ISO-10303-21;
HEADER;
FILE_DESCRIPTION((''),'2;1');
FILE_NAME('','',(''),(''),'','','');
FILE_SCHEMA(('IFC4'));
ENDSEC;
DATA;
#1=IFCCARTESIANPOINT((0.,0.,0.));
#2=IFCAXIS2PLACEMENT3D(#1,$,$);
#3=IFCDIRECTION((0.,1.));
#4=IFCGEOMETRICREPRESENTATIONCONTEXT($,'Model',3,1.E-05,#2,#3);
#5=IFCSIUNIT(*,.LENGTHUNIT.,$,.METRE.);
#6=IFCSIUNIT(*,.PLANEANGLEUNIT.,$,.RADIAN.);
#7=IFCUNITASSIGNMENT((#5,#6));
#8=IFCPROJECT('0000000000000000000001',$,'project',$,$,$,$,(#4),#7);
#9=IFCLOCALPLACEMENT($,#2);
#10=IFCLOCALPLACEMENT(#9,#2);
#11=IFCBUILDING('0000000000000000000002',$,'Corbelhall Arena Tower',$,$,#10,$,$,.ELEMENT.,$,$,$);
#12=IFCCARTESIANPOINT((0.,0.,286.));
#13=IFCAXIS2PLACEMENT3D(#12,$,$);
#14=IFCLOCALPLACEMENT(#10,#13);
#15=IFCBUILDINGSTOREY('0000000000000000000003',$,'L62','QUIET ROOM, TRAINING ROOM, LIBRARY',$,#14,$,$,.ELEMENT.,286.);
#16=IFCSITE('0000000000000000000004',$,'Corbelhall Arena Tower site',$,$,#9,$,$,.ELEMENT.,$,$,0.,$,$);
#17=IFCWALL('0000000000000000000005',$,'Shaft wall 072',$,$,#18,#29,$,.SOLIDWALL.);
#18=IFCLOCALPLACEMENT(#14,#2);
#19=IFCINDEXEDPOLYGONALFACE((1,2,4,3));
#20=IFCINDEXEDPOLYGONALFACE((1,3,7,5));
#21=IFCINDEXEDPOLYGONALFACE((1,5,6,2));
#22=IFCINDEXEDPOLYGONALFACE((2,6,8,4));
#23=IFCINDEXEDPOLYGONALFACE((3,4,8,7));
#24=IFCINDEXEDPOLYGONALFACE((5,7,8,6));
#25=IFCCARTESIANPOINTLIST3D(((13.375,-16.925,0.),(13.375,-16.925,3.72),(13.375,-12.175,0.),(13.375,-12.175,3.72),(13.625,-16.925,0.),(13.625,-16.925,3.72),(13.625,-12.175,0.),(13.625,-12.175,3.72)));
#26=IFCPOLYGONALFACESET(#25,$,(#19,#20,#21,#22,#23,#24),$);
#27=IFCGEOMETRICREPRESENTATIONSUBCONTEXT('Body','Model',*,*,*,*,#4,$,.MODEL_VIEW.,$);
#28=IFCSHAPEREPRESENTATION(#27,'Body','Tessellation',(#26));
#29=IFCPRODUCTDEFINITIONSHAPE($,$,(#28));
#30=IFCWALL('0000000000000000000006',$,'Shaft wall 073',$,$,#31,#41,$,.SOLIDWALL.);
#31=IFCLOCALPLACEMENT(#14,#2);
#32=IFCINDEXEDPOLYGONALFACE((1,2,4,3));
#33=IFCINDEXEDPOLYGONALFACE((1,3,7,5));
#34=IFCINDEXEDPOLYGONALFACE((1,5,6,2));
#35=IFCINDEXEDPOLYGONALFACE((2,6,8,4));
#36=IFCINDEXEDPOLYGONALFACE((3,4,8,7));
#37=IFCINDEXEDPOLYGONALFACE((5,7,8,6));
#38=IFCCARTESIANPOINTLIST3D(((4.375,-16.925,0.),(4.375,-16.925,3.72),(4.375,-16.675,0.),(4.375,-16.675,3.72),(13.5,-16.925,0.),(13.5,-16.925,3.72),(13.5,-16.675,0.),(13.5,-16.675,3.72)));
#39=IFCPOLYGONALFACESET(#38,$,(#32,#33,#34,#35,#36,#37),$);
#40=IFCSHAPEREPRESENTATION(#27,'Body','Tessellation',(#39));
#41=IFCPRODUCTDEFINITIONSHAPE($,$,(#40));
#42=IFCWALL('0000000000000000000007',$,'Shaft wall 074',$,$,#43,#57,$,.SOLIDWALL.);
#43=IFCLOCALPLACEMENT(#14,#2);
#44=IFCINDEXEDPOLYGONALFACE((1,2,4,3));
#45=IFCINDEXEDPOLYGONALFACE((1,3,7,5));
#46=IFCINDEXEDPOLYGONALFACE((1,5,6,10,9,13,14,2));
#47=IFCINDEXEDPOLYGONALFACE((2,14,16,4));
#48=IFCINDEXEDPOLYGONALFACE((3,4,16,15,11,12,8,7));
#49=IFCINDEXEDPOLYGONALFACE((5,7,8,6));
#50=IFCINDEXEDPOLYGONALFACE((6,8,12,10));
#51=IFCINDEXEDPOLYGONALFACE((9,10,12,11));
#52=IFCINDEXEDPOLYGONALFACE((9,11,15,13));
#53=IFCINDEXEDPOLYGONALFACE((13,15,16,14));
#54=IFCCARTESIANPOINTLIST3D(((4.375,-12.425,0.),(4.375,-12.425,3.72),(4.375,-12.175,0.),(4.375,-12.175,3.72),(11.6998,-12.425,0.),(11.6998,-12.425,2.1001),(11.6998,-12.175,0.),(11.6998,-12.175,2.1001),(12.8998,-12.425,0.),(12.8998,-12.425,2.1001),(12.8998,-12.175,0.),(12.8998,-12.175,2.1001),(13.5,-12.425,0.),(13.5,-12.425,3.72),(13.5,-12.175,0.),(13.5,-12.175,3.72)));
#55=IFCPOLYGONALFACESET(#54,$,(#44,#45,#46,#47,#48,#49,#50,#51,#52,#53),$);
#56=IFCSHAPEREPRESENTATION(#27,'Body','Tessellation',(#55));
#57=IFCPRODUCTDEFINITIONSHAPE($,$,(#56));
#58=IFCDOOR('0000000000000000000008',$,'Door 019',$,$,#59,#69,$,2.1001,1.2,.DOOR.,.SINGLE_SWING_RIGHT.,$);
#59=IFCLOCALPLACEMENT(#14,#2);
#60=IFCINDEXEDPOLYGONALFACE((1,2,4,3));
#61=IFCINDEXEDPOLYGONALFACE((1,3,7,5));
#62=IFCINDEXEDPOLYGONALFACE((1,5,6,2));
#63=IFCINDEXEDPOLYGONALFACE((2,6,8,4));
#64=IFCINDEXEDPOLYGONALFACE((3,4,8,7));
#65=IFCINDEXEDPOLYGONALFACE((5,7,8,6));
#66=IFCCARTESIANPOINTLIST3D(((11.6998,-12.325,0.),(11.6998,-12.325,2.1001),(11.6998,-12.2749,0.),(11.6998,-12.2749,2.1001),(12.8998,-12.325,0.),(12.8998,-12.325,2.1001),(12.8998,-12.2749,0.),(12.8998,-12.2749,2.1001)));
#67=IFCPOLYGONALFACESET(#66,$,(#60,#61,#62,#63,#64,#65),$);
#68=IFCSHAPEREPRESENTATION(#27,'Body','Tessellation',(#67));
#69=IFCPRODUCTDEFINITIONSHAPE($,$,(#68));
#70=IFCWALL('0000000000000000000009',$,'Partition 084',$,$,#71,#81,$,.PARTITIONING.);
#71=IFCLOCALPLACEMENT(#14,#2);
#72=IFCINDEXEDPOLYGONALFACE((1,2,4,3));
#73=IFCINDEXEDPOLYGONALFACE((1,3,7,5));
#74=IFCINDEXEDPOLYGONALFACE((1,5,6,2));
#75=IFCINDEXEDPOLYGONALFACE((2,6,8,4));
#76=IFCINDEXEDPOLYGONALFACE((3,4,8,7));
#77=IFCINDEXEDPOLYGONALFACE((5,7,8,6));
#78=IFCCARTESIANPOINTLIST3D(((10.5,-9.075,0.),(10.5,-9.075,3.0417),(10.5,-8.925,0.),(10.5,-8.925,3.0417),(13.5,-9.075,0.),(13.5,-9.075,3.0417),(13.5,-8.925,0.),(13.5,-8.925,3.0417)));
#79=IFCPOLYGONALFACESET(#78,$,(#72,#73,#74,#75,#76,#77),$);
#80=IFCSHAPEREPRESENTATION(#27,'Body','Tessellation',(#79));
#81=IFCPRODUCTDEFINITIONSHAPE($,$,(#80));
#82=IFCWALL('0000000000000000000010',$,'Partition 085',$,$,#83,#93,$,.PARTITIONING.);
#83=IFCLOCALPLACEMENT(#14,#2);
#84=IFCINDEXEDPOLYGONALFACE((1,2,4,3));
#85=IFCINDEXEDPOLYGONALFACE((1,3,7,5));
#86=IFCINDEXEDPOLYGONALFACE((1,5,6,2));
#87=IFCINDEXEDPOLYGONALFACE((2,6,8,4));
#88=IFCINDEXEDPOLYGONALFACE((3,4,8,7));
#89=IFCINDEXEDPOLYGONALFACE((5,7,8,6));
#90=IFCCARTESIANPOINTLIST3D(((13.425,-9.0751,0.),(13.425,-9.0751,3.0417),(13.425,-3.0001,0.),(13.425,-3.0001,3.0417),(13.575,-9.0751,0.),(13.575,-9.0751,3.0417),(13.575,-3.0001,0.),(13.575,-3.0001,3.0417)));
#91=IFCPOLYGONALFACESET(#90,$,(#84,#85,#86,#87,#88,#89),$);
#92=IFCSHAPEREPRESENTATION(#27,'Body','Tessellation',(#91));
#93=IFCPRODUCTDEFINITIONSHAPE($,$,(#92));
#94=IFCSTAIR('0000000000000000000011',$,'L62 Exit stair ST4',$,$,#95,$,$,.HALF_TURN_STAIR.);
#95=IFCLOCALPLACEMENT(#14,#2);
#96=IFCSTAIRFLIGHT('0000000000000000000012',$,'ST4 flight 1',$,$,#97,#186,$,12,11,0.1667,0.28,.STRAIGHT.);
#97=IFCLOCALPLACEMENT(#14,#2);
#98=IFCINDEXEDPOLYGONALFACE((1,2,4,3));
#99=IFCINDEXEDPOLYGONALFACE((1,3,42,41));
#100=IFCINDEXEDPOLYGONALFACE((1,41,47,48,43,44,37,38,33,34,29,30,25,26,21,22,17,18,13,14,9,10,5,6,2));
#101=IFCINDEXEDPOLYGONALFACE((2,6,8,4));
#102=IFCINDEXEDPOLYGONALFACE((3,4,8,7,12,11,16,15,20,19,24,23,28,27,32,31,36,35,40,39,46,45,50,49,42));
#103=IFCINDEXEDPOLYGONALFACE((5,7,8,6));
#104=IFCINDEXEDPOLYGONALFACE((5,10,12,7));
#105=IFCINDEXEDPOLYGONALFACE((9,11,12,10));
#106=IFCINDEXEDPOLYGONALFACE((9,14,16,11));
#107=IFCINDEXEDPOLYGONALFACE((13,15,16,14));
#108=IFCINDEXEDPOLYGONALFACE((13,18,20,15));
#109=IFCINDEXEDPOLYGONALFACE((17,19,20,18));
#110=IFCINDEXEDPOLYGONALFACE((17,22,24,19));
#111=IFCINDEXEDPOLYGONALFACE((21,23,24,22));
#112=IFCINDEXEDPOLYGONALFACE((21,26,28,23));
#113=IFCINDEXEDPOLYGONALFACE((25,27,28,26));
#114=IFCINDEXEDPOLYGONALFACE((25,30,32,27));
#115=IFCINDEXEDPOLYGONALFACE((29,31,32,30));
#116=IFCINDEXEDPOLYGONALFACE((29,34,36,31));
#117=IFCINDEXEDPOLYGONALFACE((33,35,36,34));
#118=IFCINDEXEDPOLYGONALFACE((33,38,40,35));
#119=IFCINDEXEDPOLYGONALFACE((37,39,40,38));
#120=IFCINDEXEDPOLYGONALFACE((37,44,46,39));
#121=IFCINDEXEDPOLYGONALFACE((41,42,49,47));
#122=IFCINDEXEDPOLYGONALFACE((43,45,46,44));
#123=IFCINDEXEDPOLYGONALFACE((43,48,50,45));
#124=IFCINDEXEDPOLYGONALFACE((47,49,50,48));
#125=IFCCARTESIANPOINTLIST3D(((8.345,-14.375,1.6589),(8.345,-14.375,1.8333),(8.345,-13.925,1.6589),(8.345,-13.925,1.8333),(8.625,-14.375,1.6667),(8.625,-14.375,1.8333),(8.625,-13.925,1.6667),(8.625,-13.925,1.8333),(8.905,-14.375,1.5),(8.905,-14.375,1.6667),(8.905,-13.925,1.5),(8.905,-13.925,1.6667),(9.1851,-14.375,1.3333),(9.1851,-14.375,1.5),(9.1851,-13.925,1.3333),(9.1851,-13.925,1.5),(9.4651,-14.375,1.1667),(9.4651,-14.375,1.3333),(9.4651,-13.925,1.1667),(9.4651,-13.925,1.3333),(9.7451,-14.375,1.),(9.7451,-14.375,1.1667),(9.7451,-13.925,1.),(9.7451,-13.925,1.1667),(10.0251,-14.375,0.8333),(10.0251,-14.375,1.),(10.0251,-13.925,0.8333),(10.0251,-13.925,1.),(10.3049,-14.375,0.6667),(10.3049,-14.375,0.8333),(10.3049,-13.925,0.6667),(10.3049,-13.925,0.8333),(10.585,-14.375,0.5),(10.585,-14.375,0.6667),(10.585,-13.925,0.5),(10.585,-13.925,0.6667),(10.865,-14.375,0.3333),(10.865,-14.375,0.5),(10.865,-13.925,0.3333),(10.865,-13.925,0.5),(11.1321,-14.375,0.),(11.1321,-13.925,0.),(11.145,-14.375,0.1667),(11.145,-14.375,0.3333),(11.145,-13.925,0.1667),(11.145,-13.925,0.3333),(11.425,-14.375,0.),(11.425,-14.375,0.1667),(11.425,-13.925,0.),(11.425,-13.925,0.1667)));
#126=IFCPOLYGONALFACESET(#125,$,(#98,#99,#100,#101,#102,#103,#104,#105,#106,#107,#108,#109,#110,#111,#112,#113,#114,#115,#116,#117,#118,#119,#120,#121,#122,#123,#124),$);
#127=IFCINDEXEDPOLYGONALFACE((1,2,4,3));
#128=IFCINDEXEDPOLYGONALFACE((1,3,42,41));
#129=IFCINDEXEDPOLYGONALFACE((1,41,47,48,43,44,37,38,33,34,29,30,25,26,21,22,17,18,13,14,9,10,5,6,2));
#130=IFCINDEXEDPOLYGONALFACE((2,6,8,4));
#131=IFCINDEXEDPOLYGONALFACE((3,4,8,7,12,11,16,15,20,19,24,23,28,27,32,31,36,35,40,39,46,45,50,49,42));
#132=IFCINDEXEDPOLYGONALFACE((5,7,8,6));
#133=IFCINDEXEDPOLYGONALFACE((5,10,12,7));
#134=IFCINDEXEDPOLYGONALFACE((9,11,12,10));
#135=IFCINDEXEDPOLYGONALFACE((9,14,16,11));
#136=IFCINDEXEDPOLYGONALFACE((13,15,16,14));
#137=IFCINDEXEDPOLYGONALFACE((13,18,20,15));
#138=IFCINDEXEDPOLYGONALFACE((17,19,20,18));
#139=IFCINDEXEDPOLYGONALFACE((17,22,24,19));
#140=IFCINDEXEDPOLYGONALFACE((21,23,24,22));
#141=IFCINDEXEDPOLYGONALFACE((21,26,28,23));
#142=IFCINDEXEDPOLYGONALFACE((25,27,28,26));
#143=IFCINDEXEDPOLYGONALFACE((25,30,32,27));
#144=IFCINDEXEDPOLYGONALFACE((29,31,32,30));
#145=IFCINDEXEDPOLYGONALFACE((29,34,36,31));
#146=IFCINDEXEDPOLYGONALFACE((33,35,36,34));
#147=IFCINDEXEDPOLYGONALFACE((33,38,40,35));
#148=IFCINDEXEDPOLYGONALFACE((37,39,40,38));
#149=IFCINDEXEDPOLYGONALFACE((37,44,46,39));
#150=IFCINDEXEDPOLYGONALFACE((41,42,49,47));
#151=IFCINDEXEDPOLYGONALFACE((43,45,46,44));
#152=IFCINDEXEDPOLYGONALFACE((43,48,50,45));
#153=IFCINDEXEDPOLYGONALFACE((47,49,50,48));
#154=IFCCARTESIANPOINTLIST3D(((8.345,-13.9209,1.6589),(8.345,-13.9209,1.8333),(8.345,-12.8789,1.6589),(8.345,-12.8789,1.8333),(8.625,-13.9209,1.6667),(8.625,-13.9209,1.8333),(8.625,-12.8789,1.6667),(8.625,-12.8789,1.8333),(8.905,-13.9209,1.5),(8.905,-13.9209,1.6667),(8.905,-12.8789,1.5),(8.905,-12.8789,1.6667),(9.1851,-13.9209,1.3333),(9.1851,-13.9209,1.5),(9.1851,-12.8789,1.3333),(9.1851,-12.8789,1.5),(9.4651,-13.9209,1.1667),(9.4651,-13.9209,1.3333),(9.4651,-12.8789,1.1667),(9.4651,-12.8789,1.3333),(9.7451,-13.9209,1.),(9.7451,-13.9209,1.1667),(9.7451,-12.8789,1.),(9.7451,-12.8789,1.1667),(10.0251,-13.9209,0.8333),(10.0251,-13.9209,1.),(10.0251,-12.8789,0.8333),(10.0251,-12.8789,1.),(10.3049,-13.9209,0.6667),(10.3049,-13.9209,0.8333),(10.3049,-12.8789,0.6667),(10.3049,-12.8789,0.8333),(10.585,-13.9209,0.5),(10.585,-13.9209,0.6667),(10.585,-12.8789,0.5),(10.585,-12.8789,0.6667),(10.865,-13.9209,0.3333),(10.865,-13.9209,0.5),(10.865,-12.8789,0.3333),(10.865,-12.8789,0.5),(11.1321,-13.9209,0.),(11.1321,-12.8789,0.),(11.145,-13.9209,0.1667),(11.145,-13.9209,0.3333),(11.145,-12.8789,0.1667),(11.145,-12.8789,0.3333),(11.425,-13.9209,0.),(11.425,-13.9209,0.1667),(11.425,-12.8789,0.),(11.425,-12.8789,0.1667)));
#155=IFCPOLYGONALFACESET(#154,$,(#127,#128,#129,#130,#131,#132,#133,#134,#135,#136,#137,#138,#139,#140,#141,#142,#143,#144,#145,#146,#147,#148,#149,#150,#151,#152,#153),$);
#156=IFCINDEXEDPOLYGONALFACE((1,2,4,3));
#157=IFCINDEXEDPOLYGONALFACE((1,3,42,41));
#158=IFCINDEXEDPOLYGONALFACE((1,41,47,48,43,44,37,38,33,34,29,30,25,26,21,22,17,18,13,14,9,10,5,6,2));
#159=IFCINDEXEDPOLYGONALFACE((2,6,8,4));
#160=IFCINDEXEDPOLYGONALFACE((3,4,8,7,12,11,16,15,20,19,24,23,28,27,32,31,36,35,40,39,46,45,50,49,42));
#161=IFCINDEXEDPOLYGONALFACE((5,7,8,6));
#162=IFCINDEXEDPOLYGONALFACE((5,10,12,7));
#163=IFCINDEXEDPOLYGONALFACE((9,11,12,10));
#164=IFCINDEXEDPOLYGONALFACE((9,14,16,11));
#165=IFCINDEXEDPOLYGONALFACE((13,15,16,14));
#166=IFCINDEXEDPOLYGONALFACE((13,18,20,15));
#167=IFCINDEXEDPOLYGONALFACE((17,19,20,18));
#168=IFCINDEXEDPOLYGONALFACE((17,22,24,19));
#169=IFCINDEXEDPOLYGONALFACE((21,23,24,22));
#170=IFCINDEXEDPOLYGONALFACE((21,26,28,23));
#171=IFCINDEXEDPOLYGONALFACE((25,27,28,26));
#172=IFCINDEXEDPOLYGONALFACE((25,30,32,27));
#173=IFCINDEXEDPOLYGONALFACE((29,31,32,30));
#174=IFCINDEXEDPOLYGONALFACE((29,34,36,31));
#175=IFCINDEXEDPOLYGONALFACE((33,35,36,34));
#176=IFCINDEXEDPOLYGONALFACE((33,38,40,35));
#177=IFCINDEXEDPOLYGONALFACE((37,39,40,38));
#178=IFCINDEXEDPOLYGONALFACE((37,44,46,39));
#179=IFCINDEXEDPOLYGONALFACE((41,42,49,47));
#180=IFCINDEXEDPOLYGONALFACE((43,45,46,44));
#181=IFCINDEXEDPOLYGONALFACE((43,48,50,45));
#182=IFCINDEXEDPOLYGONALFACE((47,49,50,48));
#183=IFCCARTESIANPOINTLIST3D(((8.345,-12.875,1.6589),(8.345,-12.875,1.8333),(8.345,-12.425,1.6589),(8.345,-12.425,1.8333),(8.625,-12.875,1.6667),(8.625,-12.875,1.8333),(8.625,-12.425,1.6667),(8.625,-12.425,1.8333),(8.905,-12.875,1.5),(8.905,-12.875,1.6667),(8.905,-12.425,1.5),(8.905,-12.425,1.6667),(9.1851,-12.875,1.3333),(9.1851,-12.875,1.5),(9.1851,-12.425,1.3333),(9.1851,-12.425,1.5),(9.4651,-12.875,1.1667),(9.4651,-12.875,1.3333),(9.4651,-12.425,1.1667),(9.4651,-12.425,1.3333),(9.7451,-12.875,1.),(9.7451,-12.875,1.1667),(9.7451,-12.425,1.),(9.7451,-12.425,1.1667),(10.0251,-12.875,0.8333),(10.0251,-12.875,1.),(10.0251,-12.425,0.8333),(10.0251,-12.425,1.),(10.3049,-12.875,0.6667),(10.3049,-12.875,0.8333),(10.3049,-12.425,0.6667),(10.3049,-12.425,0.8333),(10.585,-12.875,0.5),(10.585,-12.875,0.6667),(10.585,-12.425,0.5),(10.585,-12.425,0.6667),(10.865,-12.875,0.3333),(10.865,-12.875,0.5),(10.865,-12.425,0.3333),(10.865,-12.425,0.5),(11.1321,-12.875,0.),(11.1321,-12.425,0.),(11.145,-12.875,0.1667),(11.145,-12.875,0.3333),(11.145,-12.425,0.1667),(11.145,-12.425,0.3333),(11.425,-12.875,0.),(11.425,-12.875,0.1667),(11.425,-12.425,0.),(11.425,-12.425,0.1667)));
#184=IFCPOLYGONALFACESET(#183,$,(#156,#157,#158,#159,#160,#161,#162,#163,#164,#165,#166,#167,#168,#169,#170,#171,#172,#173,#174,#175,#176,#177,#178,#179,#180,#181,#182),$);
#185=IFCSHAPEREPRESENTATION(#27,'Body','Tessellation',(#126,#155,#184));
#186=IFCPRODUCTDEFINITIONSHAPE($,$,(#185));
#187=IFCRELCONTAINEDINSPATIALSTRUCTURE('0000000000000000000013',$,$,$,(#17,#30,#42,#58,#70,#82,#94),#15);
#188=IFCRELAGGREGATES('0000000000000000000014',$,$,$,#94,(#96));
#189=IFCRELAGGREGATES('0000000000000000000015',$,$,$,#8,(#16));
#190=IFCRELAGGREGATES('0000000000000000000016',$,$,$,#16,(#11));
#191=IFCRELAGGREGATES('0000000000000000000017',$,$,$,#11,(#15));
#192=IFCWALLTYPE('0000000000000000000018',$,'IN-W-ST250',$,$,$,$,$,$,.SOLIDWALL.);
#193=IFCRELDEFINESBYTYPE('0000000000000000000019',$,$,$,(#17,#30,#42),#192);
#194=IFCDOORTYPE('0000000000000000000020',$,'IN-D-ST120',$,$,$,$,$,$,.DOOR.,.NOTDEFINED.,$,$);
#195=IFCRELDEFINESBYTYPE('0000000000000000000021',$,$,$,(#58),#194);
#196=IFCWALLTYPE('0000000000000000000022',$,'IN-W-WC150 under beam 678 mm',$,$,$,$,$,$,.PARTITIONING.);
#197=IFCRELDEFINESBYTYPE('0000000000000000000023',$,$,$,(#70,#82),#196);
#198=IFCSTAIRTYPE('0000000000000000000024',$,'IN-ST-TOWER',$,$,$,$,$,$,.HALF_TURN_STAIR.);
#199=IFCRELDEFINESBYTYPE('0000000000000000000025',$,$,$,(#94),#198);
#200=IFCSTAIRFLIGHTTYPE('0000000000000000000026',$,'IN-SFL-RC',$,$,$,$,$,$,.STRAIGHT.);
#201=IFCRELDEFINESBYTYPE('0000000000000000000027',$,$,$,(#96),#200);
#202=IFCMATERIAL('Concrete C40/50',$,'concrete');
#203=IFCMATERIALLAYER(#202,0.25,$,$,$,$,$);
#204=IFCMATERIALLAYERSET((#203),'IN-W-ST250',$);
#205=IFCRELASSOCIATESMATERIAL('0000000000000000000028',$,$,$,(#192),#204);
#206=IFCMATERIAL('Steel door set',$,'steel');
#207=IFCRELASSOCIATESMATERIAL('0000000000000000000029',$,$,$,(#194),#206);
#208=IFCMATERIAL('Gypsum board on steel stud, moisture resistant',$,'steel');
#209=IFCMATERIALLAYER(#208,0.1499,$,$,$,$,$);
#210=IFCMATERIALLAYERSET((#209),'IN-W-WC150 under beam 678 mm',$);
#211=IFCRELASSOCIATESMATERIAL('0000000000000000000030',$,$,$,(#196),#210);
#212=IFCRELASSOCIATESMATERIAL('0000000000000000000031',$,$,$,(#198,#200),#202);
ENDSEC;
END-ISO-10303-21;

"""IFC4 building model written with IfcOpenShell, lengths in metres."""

from ifc_helpers import new_model, si_unit, direction, frame, frame_2d, origin, place, context, subcontext, project, spatial, polyline, rectangle, outline, extrude, material, layer, layer_set, type_object, element, fill, aggregate, save


model = new_model("IFC4")

# Units and contexts
model_context = context("Model", 3, precision=1e-05, world=origin(), true_north=direction((0.0, 1.0)))
body_context = subcontext(model_context, "Body", "Model", "MODEL_VIEW")
ifc_project = project(units=[si_unit("LENGTHUNIT", "METRE"), si_unit("PLANEANGLEUNIT", "RADIAN")], contexts=[model_context])

# Site, building, storey
site_placement = place(None, origin())
site = spatial("IfcSite", under=ifc_project, at=site_placement, Name="Corbelhall Arena Tower site", CompositionType="ELEMENT", RefElevation=0.0)
building_placement = place(site_placement, origin())
building = spatial("IfcBuilding", under=site, at=building_placement, Name="Corbelhall Arena Tower", CompositionType="ELEMENT")
storey_placement = place(building_placement, frame((0.0, 0.0, 286.0)))
storey = spatial("IfcBuildingStorey", under=building, at=storey_placement, Name="L62", Description="QUIET ROOM, TRAINING ROOM, LIBRARY", CompositionType="ELEMENT", Elevation=286.0)

# Walls
ifc_material_1 = material(Name="Concrete C40/50", Category="concrete")
ifc_layer_1 = layer(ifc_material_1, 0.25)
ifc_layer_set_1 = layer_set([ifc_layer_1], Name="IN-W-ST250")
wall_type_1 = type_object("IfcWallType", Name="IN-W-ST250", PredefinedType="SOLIDWALL", material=ifc_layer_set_1)
wall_1_placement = place(storey_placement, frame((13.5, -16.925, 0.0), z_axis=(0.0, 0.0, 1.0), x_axis=(0.0, 1.0, 0.0)))
element("IfcWall", 1, at=wall_1_placement, inside=storey, type_object=wall_type_1, Name="Shaft wall 072", PredefinedType="SOLIDWALL", context=body_context, shape_type="SweptSolid", body=[
    extrude(rectangle(XDim=4.75, YDim=0.25, at=frame_2d((2.375, 0.0))), origin(), (0.0, 0.0, 1.0), 3.72),
])
wall_2_placement = place(storey_placement, frame((13.5, -16.8, 0.0), z_axis=(0.0, 0.0, 1.0), x_axis=(-1.0, 0.0, 0.0)))
element("IfcWall", 2, at=wall_2_placement, inside=storey, type_object=wall_type_1, Name="Shaft wall 073", PredefinedType="SOLIDWALL", context=body_context, shape_type="SweptSolid", body=[
    extrude(rectangle(XDim=9.125, YDim=0.25, at=frame_2d((4.5625, 0.0))), origin(), (0.0, 0.0, 1.0), 3.72),
])

# Wall, opening, door
wall_3_placement = place(storey_placement, frame((13.5, -12.3, 0.0), z_axis=(0.0, 0.0, 1.0), x_axis=(-1.0, 0.0, 0.0)))
wall_3 = element("IfcWall", 3, at=wall_3_placement, inside=storey, type_object=wall_type_1, Name="Shaft wall 074", PredefinedType="SOLIDWALL", context=body_context, shape_type="SweptSolid", body=[
    extrude(rectangle(XDim=9.125, YDim=0.25, at=frame_2d((4.5625, 0.0))), origin(), (0.0, 0.0, 1.0), 3.72),
])
opening_1_placement = place(wall_3_placement, frame((0.6001, 0.0, 0.0)))
opening_1 = element("IfcOpeningElement", 4, at=opening_1_placement, cuts=wall_3, PredefinedType="OPENING", context=body_context, shape_type="SweptSolid", body=[
    extrude(rectangle(XDim=1.2, YDim=2.1001, at=frame_2d((0.6001, 1.05))), frame((0.0, 0.125, 0.0), z_axis=(0.0, -1.0, 0.0), x_axis=(1.0, 0.0, 0.0)), (0.0, 0.0, 1.0), 0.25),
])
ifc_material_2 = material(Name="Steel door set", Category="steel")
door_type = type_object("IfcDoorType", Name="IN-D-ST120", OperationType="NOTDEFINED", PredefinedType="DOOR", material=ifc_material_2)
door_placement = place(opening_1_placement, origin())
door = element("IfcDoor", 5, at=door_placement, inside=storey, type_object=door_type, Name="Door 019", OperationType="SINGLE_SWING_RIGHT", OverallHeight=2.1001, OverallWidth=1.2, PredefinedType="DOOR", context=body_context, shape_type="SweptSolid", body=[
    extrude(rectangle(XDim=1.2, YDim=2.1001, at=frame_2d((0.6001, 1.05))), frame((0.0, 0.0249, 0.0), z_axis=(0.0, -1.0, 0.0), x_axis=(1.0, 0.0, 0.0)), (0.0, 0.0, 1.0), 0.05),
])
fill(opening_1, door)

# Walls
ifc_material_3 = material(Name="Gypsum board on steel stud, moisture resistant", Category="steel")
ifc_layer_2 = layer(ifc_material_3, 0.1499)
ifc_layer_set_2 = layer_set([ifc_layer_2], Name="IN-W-WC150 under beam 678 mm")
wall_type_2 = type_object("IfcWallType", Name="IN-W-WC150 under beam 678 mm", PredefinedType="PARTITIONING", material=ifc_layer_set_2)
wall_4_placement = place(storey_placement, frame((13.5, -9.0, 0.0), z_axis=(0.0, 0.0, 1.0), x_axis=(-1.0, 0.0, 0.0)))
element("IfcWall", 6, at=wall_4_placement, inside=storey, type_object=wall_type_2, Name="Partition 084", PredefinedType="PARTITIONING", context=body_context, shape_type="SweptSolid", body=[
    extrude(rectangle(XDim=3.0, YDim=0.1499, at=frame_2d((1.5, 0.0))), origin(), (0.0, 0.0, 1.0), 3.0417),
])
wall_5_placement = place(storey_placement, frame((13.5, -3.0, 0.0), z_axis=(0.0, 0.0, 1.0), x_axis=(0.0, -1.0, 0.0)))
element("IfcWall", 7, at=wall_5_placement, inside=storey, type_object=wall_type_2, Name="Partition 085", PredefinedType="PARTITIONING", context=body_context, shape_type="SweptSolid", body=[
    extrude(rectangle(XDim=6.075, YDim=0.1499, at=frame_2d((3.0376, 0.0))), origin(), (0.0, 0.0, 1.0), 3.0417),
])

# Stair, stair flight
stair_type = type_object("IfcStairType", Name="IN-ST-TOWER", PredefinedType="HALF_TURN_STAIR", material=ifc_material_1)
stair_placement = place(storey_placement, origin())
stair = element("IfcStair", 8, at=stair_placement, inside=storey, type_object=stair_type, Name="L62 Exit stair ST4", PredefinedType="HALF_TURN_STAIR")
stair_flight_type = type_object("IfcStairFlightType", Name="IN-SFL-RC", PredefinedType="STRAIGHT", material=ifc_material_1)
stair_flight_placement = place(storey_placement, frame((11.425, -13.3999, 0.0), z_axis=(0.0, 0.0, 1.0), x_axis=(-1.0, 0.0, 0.0)))
stair_flight = element("IfcStairFlight", 9, at=stair_flight_placement, type_object=stair_flight_type, Name="ST4 flight 1", NumberOfRisers=12, NumberOfTreads=11, PredefinedType="STRAIGHT", RiserHeight=0.1667, TreadLength=0.28, context=body_context, shape_type="SweptSolid", body=[
    extrude(outline(polyline([(0.0, 0.0), (0.0, 0.1667), (0.28, 0.1667), (0.28, 0.3333), (0.5601, 0.3333), (0.5601, 0.5), (0.8401, 0.5), (0.8401, 0.6667), (1.1201, 0.6667), (1.1201, 0.8333), (1.3999, 0.8333), (1.3999, 1.0), (1.6799, 1.0), (1.6799, 1.1667), (1.96, 1.1667), (1.96, 1.3333), (2.24, 1.3333), (2.24, 1.5), (2.52, 1.5), (2.52, 1.6667), (2.8, 1.6667), (2.8, 1.8333), (3.0801, 1.8333), (3.0801, 2.0), (3.0801, 1.6589), (0.293, 0.0), (0.0, 0.0)])), frame((0.0, 0.9751, 0.0), z_axis=(0.0, -1.0, 0.0), x_axis=(1.0, 0.0, 0.0)), (0.0, 0.0, 1.0), 0.45),
    extrude(outline(polyline([(0.0, 0.0), (0.0, 0.1667), (0.28, 0.1667), (0.28, 0.3333), (0.5601, 0.3333), (0.5601, 0.5), (0.8401, 0.5), (0.8401, 0.6667), (1.1201, 0.6667), (1.1201, 0.8333), (1.3999, 0.8333), (1.3999, 1.0), (1.6799, 1.0), (1.6799, 1.1667), (1.96, 1.1667), (1.96, 1.3333), (2.24, 1.3333), (2.24, 1.5), (2.52, 1.5), (2.52, 1.6667), (2.8, 1.6667), (2.8, 1.8333), (3.0801, 1.8333), (3.0801, 2.0), (3.0801, 1.6589), (0.293, 0.0), (0.0, 0.0)])), frame((0.0, 0.521, 0.0), z_axis=(0.0, -1.0, 0.0), x_axis=(1.0, 0.0, 0.0)), (0.0, 0.0, 1.0), 1.042),
    extrude(outline(polyline([(0.0, 0.0), (0.0, 0.1667), (0.28, 0.1667), (0.28, 0.3333), (0.5601, 0.3333), (0.5601, 0.5), (0.8401, 0.5), (0.8401, 0.6667), (1.1201, 0.6667), (1.1201, 0.8333), (1.3999, 0.8333), (1.3999, 1.0), (1.6799, 1.0), (1.6799, 1.1667), (1.96, 1.1667), (1.96, 1.3333), (2.24, 1.3333), (2.24, 1.5), (2.52, 1.5), (2.52, 1.6667), (2.8, 1.6667), (2.8, 1.8333), (3.0801, 1.8333), (3.0801, 2.0), (3.0801, 1.6589), (0.293, 0.0), (0.0, 0.0)])), frame((0.0, -0.5249, 0.0), z_axis=(0.0, -1.0, 0.0), x_axis=(1.0, 0.0, 0.0)), (0.0, 0.0, 1.0), 0.45),
])
aggregate(stair, [stair_flight])

save(model, "model.ifc")
